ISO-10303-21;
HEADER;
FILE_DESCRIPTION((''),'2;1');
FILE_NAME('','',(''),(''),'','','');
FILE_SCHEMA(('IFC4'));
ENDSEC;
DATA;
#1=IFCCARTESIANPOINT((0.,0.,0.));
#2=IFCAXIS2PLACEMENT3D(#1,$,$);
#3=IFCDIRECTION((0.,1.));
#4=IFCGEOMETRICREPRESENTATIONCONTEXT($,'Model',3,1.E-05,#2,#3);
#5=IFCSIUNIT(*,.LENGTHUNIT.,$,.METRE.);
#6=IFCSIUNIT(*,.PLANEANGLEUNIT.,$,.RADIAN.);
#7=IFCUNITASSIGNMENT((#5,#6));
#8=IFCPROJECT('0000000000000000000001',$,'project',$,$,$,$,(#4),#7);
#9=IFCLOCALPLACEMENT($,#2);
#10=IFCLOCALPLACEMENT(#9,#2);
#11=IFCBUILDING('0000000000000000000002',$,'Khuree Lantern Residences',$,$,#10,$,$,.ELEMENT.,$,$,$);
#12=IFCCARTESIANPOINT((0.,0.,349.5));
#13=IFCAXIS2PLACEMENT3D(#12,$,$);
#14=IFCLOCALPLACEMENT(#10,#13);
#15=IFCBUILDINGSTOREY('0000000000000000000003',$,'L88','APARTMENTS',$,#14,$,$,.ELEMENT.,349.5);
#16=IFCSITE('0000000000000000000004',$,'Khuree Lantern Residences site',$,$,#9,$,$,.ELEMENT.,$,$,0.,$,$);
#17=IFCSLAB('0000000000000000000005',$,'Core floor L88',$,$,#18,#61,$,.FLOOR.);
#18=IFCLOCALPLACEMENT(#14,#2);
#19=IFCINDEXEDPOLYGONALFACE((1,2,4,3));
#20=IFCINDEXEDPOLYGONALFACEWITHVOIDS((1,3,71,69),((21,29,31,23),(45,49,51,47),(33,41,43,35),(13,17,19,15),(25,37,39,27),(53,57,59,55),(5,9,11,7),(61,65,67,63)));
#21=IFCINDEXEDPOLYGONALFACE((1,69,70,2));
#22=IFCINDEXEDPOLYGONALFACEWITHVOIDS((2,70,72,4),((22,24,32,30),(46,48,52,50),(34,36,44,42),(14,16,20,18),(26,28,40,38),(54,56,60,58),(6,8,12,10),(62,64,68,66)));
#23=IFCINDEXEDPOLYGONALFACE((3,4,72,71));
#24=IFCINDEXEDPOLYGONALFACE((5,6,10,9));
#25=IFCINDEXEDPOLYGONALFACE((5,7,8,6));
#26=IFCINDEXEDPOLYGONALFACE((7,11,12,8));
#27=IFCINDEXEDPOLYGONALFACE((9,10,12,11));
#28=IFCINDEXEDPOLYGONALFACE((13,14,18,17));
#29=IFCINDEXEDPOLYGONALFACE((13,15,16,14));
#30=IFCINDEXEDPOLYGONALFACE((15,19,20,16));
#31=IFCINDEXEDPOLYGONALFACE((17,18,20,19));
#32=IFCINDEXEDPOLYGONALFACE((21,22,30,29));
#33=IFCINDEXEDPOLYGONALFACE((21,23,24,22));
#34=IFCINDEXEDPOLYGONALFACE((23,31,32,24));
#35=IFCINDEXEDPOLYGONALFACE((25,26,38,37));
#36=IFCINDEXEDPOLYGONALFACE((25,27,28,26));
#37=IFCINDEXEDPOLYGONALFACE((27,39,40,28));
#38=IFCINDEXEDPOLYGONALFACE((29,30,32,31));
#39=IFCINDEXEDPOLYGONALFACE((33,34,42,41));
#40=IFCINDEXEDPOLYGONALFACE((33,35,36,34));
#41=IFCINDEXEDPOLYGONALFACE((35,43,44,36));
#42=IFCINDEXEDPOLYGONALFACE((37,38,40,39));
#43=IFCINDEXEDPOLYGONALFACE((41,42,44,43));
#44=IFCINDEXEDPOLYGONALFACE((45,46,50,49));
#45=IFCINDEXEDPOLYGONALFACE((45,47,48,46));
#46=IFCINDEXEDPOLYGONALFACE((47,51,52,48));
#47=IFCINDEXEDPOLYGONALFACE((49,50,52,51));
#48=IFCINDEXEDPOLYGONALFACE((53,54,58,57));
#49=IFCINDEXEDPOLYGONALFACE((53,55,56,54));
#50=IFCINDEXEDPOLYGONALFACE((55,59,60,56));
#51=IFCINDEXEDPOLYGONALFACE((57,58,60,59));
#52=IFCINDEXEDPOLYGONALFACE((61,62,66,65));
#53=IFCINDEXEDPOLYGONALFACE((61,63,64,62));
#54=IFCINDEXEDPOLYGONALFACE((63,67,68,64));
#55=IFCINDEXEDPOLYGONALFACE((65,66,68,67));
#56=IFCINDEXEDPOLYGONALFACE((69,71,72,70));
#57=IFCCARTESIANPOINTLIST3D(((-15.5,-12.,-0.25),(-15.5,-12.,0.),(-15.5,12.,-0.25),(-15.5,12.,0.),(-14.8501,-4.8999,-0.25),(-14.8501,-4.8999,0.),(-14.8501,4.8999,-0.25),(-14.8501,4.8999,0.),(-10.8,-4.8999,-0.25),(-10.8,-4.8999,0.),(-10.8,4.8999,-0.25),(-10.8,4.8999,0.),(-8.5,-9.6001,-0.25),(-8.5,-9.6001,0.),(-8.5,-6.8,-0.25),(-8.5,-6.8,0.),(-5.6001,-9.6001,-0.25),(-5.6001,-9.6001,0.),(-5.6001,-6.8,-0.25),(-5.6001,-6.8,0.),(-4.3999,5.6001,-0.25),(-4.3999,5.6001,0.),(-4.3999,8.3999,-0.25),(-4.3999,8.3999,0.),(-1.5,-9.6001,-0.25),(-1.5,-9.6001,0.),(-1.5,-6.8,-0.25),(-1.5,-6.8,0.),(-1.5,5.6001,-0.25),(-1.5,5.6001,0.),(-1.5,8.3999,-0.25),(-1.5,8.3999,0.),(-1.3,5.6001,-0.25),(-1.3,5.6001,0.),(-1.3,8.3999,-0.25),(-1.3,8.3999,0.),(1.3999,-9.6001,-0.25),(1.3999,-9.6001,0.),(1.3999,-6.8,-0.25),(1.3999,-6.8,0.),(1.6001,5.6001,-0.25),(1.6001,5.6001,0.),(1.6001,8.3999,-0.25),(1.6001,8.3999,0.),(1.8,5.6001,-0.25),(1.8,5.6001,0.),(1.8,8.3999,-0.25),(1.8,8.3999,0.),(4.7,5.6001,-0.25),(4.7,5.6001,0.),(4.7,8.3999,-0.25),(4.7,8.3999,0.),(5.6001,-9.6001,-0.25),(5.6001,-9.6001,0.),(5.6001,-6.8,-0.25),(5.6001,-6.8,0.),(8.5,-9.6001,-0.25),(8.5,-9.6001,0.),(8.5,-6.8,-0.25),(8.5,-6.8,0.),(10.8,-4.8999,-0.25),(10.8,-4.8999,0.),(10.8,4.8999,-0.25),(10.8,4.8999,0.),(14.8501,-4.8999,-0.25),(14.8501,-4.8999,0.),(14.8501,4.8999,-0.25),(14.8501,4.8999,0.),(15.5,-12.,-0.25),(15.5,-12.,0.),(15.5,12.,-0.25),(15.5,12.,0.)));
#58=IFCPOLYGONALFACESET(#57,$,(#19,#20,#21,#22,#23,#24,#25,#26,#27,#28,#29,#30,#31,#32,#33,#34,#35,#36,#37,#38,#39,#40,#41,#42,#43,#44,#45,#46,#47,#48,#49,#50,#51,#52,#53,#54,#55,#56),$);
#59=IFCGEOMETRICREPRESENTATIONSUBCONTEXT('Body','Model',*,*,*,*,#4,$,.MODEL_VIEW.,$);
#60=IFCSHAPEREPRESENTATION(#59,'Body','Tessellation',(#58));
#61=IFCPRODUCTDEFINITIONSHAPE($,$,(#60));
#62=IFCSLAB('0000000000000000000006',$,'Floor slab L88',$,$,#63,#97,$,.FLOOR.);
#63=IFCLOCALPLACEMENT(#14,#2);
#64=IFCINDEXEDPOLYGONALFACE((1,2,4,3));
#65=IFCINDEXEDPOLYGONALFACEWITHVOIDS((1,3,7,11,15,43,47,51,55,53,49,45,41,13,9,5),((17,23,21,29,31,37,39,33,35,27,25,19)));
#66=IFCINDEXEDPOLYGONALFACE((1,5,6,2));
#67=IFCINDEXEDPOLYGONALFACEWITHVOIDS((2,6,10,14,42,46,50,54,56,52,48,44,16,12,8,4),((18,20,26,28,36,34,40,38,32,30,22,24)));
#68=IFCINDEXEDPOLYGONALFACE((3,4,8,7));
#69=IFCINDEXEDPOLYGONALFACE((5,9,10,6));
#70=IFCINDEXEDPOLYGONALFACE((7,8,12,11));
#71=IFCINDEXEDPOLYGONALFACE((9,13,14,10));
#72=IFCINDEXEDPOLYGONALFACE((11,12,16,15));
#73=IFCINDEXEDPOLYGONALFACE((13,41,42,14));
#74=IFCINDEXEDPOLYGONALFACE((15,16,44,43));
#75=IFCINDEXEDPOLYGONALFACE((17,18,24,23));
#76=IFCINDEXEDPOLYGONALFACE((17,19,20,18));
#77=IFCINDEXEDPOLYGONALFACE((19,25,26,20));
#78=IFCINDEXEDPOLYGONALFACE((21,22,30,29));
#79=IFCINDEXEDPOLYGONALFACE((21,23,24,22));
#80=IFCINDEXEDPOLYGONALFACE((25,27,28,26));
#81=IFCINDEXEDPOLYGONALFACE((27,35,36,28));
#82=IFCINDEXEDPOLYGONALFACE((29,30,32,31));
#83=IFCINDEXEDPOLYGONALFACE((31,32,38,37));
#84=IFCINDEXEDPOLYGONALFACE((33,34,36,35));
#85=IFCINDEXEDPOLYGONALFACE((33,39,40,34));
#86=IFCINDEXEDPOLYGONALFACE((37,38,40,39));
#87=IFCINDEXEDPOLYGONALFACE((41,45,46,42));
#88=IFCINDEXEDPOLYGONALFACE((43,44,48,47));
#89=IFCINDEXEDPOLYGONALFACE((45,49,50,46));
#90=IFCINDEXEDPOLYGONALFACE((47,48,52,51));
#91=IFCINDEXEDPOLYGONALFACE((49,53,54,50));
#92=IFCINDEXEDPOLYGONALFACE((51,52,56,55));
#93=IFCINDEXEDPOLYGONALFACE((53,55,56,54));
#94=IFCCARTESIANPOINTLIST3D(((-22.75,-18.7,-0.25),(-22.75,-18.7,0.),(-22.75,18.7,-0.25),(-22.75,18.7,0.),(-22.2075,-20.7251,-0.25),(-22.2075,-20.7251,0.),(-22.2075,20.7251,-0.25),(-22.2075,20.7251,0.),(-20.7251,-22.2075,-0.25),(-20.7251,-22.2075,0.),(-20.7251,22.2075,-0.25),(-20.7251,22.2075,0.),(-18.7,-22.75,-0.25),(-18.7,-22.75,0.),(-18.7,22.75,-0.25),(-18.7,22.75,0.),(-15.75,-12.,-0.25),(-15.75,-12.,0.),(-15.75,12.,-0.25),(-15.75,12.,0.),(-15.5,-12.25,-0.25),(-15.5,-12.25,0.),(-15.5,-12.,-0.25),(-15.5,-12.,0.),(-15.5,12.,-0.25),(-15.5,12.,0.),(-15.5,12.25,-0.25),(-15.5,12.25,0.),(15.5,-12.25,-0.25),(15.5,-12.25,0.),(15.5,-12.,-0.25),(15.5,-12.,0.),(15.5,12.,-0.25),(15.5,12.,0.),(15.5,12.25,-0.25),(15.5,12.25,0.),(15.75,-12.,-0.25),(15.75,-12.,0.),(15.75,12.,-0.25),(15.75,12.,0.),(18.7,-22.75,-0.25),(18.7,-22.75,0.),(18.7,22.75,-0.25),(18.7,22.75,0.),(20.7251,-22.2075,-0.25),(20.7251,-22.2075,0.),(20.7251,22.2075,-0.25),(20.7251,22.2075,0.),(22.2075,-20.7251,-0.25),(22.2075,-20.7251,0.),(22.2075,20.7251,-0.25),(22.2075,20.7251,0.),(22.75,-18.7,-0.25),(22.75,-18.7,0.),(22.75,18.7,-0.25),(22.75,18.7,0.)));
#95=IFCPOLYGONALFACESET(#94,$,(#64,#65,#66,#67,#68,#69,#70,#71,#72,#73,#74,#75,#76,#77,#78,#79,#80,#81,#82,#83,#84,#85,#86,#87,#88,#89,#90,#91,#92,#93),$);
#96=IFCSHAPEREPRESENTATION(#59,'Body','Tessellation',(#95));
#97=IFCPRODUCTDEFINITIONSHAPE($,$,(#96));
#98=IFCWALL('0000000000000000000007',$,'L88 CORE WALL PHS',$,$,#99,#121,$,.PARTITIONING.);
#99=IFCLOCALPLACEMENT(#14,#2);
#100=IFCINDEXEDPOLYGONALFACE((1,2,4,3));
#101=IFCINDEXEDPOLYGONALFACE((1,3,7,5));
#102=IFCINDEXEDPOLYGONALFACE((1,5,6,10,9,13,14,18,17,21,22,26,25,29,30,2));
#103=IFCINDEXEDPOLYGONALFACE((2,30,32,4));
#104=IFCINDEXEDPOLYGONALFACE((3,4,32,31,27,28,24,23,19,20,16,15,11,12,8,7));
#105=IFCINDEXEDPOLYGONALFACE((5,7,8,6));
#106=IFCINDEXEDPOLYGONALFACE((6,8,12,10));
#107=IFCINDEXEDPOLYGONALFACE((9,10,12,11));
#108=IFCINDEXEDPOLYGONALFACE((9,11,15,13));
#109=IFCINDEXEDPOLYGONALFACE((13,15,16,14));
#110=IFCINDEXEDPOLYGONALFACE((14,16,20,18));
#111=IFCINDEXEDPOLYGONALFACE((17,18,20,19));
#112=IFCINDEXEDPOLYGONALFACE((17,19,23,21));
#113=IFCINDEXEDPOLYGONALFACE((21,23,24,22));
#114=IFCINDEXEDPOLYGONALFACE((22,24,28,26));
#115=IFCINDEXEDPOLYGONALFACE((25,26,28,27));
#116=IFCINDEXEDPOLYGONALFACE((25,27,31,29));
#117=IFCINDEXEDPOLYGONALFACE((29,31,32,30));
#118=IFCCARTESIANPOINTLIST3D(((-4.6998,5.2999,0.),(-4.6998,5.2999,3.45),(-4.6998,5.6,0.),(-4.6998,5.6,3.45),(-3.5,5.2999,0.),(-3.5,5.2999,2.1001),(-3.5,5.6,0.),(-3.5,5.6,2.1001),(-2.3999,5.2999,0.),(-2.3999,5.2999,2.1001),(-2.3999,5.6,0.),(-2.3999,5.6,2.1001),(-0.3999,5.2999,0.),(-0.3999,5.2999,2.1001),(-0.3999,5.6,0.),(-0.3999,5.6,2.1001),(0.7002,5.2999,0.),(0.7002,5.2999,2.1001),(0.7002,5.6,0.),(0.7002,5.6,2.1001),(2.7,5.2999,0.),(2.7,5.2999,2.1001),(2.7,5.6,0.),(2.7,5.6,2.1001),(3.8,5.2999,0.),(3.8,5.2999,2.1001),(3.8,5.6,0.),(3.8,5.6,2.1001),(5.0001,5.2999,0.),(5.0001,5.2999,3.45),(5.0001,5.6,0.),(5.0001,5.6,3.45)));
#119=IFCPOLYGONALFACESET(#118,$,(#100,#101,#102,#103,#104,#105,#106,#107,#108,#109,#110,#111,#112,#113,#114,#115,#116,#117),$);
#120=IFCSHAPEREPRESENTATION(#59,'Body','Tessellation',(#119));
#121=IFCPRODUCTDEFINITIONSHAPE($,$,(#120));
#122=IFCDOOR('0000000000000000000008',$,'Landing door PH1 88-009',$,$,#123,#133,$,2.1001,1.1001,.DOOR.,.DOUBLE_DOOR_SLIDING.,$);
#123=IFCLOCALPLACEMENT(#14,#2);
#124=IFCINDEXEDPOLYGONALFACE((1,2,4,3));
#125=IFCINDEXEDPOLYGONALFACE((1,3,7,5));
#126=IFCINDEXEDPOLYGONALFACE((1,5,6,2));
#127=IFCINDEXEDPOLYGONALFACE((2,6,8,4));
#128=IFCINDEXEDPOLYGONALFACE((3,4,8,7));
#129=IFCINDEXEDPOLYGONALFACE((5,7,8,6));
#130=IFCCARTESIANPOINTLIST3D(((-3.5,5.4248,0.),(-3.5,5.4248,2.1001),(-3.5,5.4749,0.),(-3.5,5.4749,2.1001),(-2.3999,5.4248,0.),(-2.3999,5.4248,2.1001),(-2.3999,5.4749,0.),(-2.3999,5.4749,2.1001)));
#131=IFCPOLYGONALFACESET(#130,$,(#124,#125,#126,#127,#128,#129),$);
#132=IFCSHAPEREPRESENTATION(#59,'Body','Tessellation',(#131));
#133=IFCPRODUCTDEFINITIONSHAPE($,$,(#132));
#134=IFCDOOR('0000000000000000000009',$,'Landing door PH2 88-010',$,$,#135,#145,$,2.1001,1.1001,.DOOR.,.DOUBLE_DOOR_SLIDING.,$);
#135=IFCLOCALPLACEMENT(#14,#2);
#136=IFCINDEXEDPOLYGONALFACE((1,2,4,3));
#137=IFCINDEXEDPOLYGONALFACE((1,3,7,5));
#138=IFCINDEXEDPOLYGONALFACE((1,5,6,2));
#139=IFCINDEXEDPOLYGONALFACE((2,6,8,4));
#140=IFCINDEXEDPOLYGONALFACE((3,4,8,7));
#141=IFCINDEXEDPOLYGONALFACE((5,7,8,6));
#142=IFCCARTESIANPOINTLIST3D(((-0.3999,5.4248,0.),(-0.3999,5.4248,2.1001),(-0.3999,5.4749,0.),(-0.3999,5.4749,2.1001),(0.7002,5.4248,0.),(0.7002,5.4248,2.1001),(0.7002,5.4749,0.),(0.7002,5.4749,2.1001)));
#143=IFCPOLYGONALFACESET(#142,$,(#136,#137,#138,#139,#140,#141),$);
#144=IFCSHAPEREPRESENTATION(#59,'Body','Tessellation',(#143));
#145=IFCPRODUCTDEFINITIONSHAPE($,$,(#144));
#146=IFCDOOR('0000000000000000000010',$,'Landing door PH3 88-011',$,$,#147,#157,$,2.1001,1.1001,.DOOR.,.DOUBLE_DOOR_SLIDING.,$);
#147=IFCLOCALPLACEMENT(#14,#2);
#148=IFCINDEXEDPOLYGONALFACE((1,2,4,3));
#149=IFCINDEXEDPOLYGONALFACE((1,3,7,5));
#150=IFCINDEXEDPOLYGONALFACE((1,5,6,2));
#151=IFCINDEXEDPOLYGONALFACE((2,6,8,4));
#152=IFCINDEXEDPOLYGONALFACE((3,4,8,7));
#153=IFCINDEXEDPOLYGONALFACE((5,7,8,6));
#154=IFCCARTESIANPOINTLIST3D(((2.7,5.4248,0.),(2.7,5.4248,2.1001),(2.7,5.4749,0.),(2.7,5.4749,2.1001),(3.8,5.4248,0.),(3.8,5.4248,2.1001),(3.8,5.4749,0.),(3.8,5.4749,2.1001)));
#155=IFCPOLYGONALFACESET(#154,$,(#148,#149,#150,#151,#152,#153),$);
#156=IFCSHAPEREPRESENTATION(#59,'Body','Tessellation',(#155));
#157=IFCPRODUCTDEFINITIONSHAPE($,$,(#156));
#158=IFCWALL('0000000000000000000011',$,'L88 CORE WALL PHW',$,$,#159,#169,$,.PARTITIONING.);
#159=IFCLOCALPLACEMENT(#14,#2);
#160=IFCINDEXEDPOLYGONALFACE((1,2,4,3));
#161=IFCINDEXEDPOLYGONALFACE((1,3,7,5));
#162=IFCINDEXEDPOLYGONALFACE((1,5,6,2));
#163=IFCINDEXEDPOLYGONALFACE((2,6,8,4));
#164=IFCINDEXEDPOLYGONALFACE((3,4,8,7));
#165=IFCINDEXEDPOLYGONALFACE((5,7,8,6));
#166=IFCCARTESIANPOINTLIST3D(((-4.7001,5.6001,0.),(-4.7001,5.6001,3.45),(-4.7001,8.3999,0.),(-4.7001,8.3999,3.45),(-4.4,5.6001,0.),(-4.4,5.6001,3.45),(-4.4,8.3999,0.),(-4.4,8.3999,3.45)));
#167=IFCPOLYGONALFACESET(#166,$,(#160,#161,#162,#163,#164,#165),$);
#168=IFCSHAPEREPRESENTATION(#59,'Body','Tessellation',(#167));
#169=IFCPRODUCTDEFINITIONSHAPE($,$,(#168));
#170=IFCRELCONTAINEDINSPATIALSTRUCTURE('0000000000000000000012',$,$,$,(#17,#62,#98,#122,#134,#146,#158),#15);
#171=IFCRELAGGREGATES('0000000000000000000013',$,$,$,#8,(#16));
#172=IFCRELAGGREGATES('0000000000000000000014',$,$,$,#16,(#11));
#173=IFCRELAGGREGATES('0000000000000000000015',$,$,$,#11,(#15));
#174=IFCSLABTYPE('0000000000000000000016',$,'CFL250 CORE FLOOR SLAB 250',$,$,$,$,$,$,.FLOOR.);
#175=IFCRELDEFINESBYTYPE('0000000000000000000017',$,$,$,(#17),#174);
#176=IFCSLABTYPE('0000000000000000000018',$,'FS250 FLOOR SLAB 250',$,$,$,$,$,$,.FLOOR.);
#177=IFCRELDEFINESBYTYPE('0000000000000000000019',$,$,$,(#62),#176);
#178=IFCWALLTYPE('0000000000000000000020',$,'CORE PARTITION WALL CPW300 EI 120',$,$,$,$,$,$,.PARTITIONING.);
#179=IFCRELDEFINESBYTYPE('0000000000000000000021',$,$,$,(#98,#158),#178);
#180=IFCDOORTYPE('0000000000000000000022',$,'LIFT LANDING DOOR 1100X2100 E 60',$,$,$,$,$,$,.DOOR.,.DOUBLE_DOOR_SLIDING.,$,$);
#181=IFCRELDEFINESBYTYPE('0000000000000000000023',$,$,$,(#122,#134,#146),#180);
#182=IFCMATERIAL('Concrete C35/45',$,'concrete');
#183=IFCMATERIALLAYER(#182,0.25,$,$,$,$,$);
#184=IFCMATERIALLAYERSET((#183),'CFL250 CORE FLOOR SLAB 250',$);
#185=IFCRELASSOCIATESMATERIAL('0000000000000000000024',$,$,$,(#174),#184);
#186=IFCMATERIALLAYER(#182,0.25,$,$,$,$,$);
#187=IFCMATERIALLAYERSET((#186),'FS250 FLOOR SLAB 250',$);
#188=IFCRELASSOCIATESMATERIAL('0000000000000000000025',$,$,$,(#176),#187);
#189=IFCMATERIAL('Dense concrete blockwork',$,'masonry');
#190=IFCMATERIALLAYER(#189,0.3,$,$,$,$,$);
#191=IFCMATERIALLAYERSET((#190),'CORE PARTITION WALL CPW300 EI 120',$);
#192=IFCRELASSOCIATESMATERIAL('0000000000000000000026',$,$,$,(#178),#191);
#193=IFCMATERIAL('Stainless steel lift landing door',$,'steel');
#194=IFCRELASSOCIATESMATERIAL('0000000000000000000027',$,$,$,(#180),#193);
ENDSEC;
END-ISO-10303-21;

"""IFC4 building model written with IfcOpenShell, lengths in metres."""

from ifc_helpers import new_model, si_unit, direction, frame, frame_2d, origin, place, context, subcontext, project, spatial, polyline, rectangle, outline, extrude, material, layer, layer_set, type_object, element, fill, save


model = new_model("IFC4")

# Units and contexts
model_context = context("Model", 3, precision=1e-05, world=origin(), true_north=direction((0.0, 1.0)))
body_context = subcontext(model_context, "Body", "Model", "MODEL_VIEW")
ifc_project = project(units=[si_unit("LENGTHUNIT", "METRE"), si_unit("PLANEANGLEUNIT", "RADIAN")], contexts=[model_context])

# Site, building, storey
site_placement = place(None, origin())
site = spatial("IfcSite", under=ifc_project, at=site_placement, Name="Khuree Lantern Residences site", CompositionType="ELEMENT", RefElevation=0.0)
building_placement = place(site_placement, origin())
building = spatial("IfcBuilding", under=site, at=building_placement, Name="Khuree Lantern Residences", CompositionType="ELEMENT")
storey_placement = place(building_placement, frame((0.0, 0.0, 349.5)))
storey = spatial("IfcBuildingStorey", under=building, at=storey_placement, Name="L88", Description="APARTMENTS", CompositionType="ELEMENT", Elevation=349.5)

# Slabs
ifc_material_1 = material(Name="Concrete C35/45", Category="concrete")
ifc_layer_1 = layer(ifc_material_1, 0.25)
ifc_layer_set_1 = layer_set([ifc_layer_1], Name="CFL250 CORE FLOOR SLAB 250")
slab_type_1 = type_object("IfcSlabType", Name="CFL250 CORE FLOOR SLAB 250", PredefinedType="FLOOR", material=ifc_layer_set_1)
slab_1_placement = place(storey_placement, frame((0.0, 0.0, -0.25)))
element("IfcSlab", 1, at=slab_1_placement, inside=storey, type_object=slab_type_1, Name="Core floor L88", PredefinedType="FLOOR", context=body_context, shape_type="SweptSolid", body=[
    extrude(outline(polyline([(-15.5, -12.0), (-15.5, 12.0), (15.5, 12.0), (15.5, -12.0), (-15.5, -12.0)]), holes=[polyline([(10.8, 4.8999), (10.8, -4.8999), (14.8501, -4.8999), (14.8501, 4.8999), (10.8, 4.8999)]), polyline([(5.6001, -6.8), (5.6001, -9.6001), (8.5, -9.6001), (8.5, -6.8), (5.6001, -6.8)]), polyline([(1.8, 8.3999), (1.8, 5.6001), (4.7, 5.6001), (4.7, 8.3999), (1.8, 8.3999)]), polyline([(-1.3, 8.3999), (-1.3, 5.6001), (1.6001, 5.6001), (1.6001, 8.3999), (-1.3, 8.3999)]), polyline([(-1.5, -6.8), (-1.5, -9.6001), (1.3999, -9.6001), (1.3999, -6.8), (-1.5, -6.8)]), polyline([(-4.3999, 8.3999), (-4.3999, 5.6001), (-1.5, 5.6001), (-1.5, 8.3999), (-4.3999, 8.3999)]), polyline([(-8.5, -6.8), (-8.5, -9.6001), (-5.6001, -9.6001), (-5.6001, -6.8), (-8.5, -6.8)]), polyline([(-14.8501, 4.8999), (-14.8501, -4.8999), (-10.8, -4.8999), (-10.8, 4.8999), (-14.8501, 4.8999)])]), origin(), (0.0, 0.0, 1.0), 0.25),
])
ifc_layer_2 = layer(ifc_material_1, 0.25)
ifc_layer_set_2 = layer_set([ifc_layer_2], Name="FS250 FLOOR SLAB 250")
slab_type_2 = type_object("IfcSlabType", Name="FS250 FLOOR SLAB 250", PredefinedType="FLOOR", material=ifc_layer_set_2)
slab_2_placement = place(storey_placement, frame((0.0, 0.0, -0.25)))
element("IfcSlab", 2, at=slab_2_placement, inside=storey, type_object=slab_type_2, Name="Floor slab L88", PredefinedType="FLOOR", context=body_context, shape_type="SweptSolid", body=[
    extrude(outline(polyline([(-20.7251, -22.2075), (-22.2075, -20.7251), (-22.75, -18.7), (-22.75, 18.7), (-22.2075, 20.7251), (-20.7251, 22.2075), (-18.7, 22.75), (18.7, 22.75), (20.7251, 22.2075), (22.2075, 20.7251), (22.75, 18.7), (22.75, -18.7), (22.2075, -20.7251), (20.7251, -22.2075), (18.7, -22.75), (-18.7, -22.75), (-20.7251, -22.2075)]), holes=[polyline([(15.75, 12.0), (15.5, 12.0), (15.5, 12.25), (-15.5, 12.25), (-15.5, 12.0), (-15.75, 12.0), (-15.75, -12.0), (-15.5, -12.0), (-15.5, -12.25), (15.5, -12.25), (15.5, -12.0), (15.75, -12.0), (15.75, 12.0)])]), origin(), (0.0, 0.0, 1.0), 0.25),
])

# Wall, openings, doors
ifc_material_2 = material(Name="Dense concrete blockwork", Category="masonry")
ifc_layer_3 = layer(ifc_material_2, 0.3)
ifc_layer_set_3 = layer_set([ifc_layer_3], Name="CORE PARTITION WALL CPW300 EI 120")
wall_type_1 = type_object("IfcWallType", Name="CORE PARTITION WALL CPW300 EI 120", PredefinedType="PARTITIONING", material=ifc_layer_set_3)
wall_1_placement = place(storey_placement, frame((-4.7, 5.45, 0.0), z_axis=(0.0, 0.0, 1.0), x_axis=(1.0, 0.0, 0.0)))
wall_1 = element("IfcWall", 3, at=wall_1_placement, inside=storey, type_object=wall_type_1, Name="L88 CORE WALL PHS", PredefinedType="PARTITIONING", context=body_context, shape_type="SweptSolid", body=[
    extrude(rectangle(XDim=9.7, YDim=0.3, at=frame_2d((4.8501, 0.0))), origin(), (0.0, 0.0, 1.0), 3.45),
])
opening_1_placement = place(wall_1_placement, frame((1.2, 0.0, 0.0)))
opening_1 = element("IfcOpeningElement", 4, at=opening_1_placement, cuts=wall_1, PredefinedType="OPENING", context=body_context, shape_type="SweptSolid", body=[
    extrude(rectangle(XDim=1.1001, YDim=2.1001, at=frame_2d((0.55, 1.05))), frame((0.0, 0.1602, 0.0), z_axis=(0.0, -1.0, 0.0), x_axis=(1.0, 0.0, 0.0)), (0.0, 0.0, 1.0), 0.3201),
])
opening_2_placement = place(wall_1_placement, frame((4.3, 0.0, 0.0)))
opening_2 = element("IfcOpeningElement", 5, at=opening_2_placement, cuts=wall_1, PredefinedType="OPENING", context=body_context, shape_type="SweptSolid", body=[
    extrude(rectangle(XDim=1.1001, YDim=2.1001, at=frame_2d((0.55, 1.05))), frame((0.0, 0.1602, 0.0), z_axis=(0.0, -1.0, 0.0), x_axis=(1.0, 0.0, 0.0)), (0.0, 0.0, 1.0), 0.3201),
])
opening_3_placement = place(wall_1_placement, frame((7.3999, 0.0, 0.0)))
opening_3 = element("IfcOpeningElement", 6, at=opening_3_placement, cuts=wall_1, PredefinedType="OPENING", context=body_context, shape_type="SweptSolid", body=[
    extrude(rectangle(XDim=1.1001, YDim=2.1001, at=frame_2d((0.55, 1.05))), frame((0.0, 0.1602, 0.0), z_axis=(0.0, -1.0, 0.0), x_axis=(1.0, 0.0, 0.0)), (0.0, 0.0, 1.0), 0.3201),
])
ifc_material_3 = material(Name="Stainless steel lift landing door", Category="steel")
door_type_1 = type_object("IfcDoorType", Name="LIFT LANDING DOOR 1100X2100 E 60", OperationType="DOUBLE_DOOR_SLIDING", PredefinedType="DOOR", material=ifc_material_3)
door_1_placement = place(opening_1_placement, origin())
door_1 = element("IfcDoor", 7, at=door_1_placement, inside=storey, type_object=door_type_1, Name="Landing door PH1 88-009", OperationType="DOUBLE_DOOR_SLIDING", OverallHeight=2.1001, OverallWidth=1.1001, PredefinedType="DOOR", context=body_context, shape_type="SweptSolid", body=[
    extrude(rectangle(XDim=1.1001, YDim=2.1001, at=frame_2d((0.55, 1.05))), frame((0.0, 0.0249, 0.0), z_axis=(0.0, -1.0, 0.0), x_axis=(1.0, 0.0, 0.0)), (0.0, 0.0, 1.0), 0.05),
])
fill(opening_1, door_1)
door_2_placement = place(opening_2_placement, origin())
door_2 = element("IfcDoor", 8, at=door_2_placement, inside=storey, type_object=door_type_1, Name="Landing door PH2 88-010", OperationType="DOUBLE_DOOR_SLIDING", OverallHeight=2.1001, OverallWidth=1.1001, PredefinedType="DOOR", context=body_context, shape_type="SweptSolid", body=[
    extrude(rectangle(XDim=1.1001, YDim=2.1001, at=frame_2d((0.55, 1.05))), frame((0.0, 0.0249, 0.0), z_axis=(0.0, -1.0, 0.0), x_axis=(1.0, 0.0, 0.0)), (0.0, 0.0, 1.0), 0.05),
])
fill(opening_2, door_2)
door_3_placement = place(opening_3_placement, origin())
door_3 = element("IfcDoor", 9, at=door_3_placement, inside=storey, type_object=door_type_1, Name="Landing door PH3 88-011", OperationType="DOUBLE_DOOR_SLIDING", OverallHeight=2.1001, OverallWidth=1.1001, PredefinedType="DOOR", context=body_context, shape_type="SweptSolid", body=[
    extrude(rectangle(XDim=1.1001, YDim=2.1001, at=frame_2d((0.55, 1.05))), frame((0.0, 0.0249, 0.0), z_axis=(0.0, -1.0, 0.0), x_axis=(1.0, 0.0, 0.0)), (0.0, 0.0, 1.0), 0.05),
])
fill(opening_3, door_3)

# Wall
wall_2_placement = place(storey_placement, frame((-4.55, 5.6001, 0.0), z_axis=(0.0, 0.0, 1.0), x_axis=(0.0, 1.0, 0.0)))
element("IfcWall", 10, at=wall_2_placement, inside=storey, type_object=wall_type_1, Name="L88 CORE WALL PHW", PredefinedType="PARTITIONING", context=body_context, shape_type="SweptSolid", body=[
    extrude(rectangle(XDim=2.7998, YDim=0.3, at=frame_2d((1.3999, 0.0))), origin(), (0.0, 0.0, 1.0), 3.45),
])

save(model, "model.ifc")
